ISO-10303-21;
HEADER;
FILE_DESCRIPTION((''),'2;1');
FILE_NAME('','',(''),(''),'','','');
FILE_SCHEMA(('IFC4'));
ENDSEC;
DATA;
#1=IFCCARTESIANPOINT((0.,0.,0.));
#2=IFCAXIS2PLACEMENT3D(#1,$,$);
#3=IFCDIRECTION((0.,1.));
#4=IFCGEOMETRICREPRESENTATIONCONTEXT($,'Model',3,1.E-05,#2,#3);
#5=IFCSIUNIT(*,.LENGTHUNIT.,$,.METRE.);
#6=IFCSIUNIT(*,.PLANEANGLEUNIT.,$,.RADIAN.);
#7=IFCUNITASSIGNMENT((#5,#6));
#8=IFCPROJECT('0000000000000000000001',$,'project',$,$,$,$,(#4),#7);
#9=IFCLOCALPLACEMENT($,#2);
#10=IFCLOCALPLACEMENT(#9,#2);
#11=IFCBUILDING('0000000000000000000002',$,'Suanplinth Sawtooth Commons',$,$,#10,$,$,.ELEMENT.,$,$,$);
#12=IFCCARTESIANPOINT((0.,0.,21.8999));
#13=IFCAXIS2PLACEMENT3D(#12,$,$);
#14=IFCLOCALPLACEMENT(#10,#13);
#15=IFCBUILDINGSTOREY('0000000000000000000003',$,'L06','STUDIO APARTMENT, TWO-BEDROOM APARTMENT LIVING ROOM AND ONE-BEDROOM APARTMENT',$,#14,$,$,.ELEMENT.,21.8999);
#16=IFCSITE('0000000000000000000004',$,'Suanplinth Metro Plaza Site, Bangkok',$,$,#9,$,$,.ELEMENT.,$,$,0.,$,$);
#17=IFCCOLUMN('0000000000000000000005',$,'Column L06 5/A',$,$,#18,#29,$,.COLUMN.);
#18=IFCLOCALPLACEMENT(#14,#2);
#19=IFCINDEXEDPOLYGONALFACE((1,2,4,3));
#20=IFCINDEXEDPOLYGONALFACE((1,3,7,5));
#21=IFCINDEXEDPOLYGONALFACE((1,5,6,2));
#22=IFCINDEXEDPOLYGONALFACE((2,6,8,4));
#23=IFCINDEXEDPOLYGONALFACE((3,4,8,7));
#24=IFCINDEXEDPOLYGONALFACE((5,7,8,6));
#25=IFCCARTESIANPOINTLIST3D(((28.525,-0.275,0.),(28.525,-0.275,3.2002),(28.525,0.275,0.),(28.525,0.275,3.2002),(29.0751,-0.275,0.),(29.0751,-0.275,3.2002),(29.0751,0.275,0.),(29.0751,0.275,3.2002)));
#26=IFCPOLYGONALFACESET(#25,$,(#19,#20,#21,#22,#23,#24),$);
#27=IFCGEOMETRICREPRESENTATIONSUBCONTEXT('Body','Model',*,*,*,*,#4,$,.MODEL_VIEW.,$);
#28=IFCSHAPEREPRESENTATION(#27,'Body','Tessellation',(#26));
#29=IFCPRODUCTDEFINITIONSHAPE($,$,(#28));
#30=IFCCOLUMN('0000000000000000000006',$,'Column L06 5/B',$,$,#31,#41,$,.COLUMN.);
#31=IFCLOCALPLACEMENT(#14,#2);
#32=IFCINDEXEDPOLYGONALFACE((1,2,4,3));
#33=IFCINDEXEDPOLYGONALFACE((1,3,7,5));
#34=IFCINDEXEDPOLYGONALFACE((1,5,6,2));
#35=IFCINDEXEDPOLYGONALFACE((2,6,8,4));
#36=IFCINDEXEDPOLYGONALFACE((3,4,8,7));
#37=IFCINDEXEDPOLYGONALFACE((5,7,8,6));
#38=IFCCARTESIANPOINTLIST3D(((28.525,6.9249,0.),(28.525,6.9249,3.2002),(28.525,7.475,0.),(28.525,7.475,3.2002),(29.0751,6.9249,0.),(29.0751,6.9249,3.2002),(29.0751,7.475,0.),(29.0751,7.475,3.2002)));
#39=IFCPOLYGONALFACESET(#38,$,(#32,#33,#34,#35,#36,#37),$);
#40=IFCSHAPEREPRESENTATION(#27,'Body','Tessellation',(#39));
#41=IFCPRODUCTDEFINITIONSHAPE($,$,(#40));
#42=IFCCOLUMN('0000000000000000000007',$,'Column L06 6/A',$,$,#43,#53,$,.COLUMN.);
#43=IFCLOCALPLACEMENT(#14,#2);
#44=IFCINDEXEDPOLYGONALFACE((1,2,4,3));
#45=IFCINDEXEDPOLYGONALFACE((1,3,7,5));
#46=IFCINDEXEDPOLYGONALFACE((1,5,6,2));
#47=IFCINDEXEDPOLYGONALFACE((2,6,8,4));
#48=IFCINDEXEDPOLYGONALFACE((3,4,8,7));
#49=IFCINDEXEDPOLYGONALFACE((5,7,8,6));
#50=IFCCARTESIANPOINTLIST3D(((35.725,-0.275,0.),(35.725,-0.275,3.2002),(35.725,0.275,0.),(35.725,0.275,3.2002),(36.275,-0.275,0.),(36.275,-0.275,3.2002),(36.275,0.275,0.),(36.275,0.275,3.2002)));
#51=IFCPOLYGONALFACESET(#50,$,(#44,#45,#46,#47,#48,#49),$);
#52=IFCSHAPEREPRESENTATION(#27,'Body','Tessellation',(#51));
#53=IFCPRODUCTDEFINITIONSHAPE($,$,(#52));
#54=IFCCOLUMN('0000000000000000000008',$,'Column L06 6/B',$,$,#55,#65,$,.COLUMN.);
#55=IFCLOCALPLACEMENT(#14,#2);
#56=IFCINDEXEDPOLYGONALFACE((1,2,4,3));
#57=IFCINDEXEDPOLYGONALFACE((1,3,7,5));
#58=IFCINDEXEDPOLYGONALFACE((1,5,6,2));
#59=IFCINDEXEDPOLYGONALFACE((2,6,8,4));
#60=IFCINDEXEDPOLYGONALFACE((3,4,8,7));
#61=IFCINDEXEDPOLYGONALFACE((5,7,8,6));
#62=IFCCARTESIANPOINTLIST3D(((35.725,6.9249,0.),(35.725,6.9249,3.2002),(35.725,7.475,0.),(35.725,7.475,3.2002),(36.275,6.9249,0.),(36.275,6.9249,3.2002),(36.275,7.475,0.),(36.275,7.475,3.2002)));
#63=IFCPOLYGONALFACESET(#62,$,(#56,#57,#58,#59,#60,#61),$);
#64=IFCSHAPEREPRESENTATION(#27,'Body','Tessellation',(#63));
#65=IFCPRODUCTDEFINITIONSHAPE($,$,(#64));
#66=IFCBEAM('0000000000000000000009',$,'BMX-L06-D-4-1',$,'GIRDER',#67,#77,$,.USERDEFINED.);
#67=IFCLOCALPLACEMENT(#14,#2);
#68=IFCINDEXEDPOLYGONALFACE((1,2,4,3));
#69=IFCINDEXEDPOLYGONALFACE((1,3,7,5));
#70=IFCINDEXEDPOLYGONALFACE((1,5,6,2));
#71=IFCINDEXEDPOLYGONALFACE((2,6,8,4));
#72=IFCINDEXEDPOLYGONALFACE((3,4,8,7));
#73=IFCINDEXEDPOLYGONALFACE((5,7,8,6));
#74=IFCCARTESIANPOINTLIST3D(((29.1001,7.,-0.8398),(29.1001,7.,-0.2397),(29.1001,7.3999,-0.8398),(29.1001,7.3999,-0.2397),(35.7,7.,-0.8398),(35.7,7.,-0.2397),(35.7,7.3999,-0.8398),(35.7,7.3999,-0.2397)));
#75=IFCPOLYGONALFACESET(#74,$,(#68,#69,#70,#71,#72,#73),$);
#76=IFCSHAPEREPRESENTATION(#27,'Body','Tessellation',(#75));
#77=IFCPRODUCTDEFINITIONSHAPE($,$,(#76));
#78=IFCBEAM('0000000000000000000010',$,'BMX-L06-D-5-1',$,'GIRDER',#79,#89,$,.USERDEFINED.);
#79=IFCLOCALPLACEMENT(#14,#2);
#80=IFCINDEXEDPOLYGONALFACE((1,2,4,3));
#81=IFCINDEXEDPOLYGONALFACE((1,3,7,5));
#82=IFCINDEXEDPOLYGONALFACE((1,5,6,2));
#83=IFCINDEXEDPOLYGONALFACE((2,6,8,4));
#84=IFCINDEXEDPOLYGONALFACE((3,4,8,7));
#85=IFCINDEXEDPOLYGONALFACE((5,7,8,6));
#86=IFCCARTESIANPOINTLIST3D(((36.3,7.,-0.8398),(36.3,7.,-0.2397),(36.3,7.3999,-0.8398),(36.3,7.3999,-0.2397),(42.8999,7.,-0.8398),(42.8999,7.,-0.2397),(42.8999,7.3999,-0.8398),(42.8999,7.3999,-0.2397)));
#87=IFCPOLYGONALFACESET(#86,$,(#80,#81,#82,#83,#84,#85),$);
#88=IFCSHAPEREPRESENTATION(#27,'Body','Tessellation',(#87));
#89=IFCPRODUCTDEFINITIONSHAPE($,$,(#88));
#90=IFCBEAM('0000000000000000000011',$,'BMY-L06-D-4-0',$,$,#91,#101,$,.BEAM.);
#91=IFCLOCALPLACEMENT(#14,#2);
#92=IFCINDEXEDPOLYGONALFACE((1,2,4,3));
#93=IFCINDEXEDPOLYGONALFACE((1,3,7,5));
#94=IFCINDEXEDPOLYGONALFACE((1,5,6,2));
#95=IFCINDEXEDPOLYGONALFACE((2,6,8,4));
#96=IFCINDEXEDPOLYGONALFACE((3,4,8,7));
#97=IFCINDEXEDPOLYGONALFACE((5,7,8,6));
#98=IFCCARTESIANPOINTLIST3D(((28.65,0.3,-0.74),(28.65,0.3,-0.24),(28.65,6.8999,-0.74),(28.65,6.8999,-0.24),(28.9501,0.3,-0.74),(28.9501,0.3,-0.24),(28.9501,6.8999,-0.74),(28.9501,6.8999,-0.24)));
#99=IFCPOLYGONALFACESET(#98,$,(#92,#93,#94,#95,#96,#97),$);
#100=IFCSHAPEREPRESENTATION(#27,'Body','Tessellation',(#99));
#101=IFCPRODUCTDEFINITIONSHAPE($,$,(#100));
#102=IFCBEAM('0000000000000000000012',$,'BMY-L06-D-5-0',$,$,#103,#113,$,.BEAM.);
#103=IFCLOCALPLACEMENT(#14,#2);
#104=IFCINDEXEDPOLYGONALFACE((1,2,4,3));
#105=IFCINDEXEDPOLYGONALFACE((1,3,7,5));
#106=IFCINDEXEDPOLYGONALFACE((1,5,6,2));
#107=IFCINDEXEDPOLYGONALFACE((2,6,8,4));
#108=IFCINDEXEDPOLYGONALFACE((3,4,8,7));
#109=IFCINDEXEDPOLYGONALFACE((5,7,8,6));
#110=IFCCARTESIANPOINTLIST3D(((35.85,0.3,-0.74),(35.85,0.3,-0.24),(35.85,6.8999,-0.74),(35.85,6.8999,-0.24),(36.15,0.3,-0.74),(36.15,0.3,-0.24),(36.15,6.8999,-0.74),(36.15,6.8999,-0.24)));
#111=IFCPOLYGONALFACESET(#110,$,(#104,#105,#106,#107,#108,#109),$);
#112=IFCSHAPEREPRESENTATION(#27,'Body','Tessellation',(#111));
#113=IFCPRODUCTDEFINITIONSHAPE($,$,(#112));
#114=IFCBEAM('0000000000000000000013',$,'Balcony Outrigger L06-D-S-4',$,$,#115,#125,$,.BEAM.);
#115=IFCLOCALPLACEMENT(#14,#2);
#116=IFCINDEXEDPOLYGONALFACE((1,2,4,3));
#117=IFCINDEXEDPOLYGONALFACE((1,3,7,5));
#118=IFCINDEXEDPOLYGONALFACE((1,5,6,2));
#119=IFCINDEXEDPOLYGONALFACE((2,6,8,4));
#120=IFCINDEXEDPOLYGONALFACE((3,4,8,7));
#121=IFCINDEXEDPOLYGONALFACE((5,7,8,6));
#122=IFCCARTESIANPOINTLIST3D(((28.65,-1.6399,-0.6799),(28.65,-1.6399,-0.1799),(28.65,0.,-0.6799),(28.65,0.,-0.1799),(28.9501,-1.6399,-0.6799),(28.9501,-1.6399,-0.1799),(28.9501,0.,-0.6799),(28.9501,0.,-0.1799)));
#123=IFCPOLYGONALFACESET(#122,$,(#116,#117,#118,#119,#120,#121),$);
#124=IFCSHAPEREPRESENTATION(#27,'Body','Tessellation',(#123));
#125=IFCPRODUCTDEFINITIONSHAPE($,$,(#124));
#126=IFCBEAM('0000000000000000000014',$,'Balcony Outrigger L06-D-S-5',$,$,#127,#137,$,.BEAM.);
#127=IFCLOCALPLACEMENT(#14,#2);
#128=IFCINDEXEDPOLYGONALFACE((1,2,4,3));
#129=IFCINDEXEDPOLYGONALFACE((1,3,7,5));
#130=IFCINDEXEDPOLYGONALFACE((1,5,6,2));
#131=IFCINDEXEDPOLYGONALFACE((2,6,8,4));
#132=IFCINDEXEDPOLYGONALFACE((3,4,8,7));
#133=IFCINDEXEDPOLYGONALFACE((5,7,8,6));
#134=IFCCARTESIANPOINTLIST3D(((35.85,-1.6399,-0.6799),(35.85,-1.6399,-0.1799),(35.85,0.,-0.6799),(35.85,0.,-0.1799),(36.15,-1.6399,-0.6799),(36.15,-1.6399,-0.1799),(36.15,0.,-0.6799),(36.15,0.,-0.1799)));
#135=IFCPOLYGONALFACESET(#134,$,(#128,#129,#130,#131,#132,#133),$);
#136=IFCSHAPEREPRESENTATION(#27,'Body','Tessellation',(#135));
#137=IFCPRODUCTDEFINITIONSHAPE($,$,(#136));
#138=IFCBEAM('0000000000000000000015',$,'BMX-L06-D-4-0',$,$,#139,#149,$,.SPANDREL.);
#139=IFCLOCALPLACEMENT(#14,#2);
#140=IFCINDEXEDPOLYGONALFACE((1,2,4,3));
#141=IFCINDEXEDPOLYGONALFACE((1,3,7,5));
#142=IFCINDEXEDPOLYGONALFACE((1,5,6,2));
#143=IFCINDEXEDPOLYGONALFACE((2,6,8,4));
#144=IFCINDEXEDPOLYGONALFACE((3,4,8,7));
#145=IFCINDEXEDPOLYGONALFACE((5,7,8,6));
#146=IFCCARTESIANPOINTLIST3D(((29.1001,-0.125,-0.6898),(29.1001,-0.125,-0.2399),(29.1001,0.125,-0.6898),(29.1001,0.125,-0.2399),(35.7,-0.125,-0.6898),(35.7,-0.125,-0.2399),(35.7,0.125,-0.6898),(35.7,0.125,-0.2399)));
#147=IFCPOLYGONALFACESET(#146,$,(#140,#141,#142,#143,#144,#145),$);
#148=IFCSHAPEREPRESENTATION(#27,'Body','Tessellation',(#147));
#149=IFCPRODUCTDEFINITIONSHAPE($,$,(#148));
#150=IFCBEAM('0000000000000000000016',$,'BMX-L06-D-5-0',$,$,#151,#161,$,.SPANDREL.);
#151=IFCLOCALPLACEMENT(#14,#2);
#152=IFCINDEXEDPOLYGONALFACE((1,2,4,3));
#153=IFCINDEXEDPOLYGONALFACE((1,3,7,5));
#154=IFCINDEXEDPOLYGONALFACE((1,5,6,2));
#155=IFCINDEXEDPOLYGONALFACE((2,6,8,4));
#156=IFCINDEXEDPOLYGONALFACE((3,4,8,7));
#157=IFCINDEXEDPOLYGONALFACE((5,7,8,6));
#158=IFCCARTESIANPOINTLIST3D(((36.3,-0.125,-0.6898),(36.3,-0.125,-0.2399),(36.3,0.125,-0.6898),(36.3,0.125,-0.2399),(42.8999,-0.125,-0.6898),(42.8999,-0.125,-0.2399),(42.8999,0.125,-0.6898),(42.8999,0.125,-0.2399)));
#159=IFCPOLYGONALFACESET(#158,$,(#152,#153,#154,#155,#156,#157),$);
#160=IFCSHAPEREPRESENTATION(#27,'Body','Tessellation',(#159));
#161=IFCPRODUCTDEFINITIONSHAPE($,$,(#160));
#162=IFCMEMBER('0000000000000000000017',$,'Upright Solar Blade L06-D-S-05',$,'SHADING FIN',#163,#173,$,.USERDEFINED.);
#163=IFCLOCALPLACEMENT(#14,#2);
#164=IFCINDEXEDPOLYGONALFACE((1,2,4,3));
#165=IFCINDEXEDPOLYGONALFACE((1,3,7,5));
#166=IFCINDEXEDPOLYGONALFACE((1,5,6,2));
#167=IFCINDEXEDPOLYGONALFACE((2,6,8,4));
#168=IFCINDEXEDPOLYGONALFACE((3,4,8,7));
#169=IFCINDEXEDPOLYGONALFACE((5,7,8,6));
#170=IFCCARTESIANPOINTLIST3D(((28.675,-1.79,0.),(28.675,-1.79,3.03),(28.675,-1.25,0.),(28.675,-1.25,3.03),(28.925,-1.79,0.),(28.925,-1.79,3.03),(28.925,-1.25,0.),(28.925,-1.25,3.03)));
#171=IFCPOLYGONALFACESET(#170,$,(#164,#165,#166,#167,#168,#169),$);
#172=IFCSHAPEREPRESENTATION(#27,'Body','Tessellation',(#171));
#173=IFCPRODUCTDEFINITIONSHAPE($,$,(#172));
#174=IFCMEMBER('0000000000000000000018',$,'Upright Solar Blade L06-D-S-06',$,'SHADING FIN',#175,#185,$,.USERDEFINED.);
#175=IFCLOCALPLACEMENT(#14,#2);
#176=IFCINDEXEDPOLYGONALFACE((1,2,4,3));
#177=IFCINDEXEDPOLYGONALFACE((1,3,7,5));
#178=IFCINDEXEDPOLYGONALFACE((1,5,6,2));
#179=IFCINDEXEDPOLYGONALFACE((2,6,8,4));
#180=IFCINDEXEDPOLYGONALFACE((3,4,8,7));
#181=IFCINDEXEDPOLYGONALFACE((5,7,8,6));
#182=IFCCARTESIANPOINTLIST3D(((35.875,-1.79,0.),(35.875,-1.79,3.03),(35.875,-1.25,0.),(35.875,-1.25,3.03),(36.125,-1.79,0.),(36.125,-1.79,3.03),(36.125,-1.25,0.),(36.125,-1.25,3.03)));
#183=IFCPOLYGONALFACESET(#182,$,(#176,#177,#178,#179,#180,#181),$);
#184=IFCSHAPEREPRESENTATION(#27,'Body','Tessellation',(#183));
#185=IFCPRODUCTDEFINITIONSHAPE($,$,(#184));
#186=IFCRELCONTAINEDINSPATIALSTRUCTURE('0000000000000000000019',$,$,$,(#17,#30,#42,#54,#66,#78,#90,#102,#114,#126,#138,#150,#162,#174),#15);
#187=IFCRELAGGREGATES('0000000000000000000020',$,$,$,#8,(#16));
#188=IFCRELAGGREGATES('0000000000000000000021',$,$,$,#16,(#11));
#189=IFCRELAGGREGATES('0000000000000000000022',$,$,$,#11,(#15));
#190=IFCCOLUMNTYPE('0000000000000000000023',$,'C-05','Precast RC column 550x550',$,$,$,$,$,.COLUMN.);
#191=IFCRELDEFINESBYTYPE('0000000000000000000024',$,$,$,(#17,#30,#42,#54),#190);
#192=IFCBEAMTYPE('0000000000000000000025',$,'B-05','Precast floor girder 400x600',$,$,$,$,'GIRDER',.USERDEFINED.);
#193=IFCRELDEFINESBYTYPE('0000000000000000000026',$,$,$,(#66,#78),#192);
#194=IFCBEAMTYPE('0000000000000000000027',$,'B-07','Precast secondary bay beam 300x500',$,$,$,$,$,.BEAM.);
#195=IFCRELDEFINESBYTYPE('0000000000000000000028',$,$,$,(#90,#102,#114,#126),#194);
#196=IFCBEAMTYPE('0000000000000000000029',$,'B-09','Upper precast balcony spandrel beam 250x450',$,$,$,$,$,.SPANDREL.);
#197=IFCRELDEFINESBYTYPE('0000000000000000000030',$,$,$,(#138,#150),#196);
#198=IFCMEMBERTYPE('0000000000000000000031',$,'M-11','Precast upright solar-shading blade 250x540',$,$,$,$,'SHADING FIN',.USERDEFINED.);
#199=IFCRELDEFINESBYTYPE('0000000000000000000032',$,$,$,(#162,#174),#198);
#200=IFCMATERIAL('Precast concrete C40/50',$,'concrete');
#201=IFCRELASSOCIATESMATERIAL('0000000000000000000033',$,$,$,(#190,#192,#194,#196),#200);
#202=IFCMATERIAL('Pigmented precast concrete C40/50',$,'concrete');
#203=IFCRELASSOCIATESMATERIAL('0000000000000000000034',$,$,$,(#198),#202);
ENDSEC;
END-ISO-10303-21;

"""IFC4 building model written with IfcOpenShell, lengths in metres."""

from ifc_helpers import new_model, si_unit, direction, frame, origin, origin_2d, place, context, subcontext, project, spatial, rectangle, extrude, material, material_profile, profile_set, type_object, element, save


model = new_model("IFC4")

# Units and contexts
model_context = context("Model", 3, precision=1e-05, world=origin(), true_north=direction((0.0, 1.0)))
body_context = subcontext(model_context, "Body", "Model", "MODEL_VIEW")
ifc_project = project(units=[si_unit("LENGTHUNIT", "METRE"), si_unit("PLANEANGLEUNIT", "RADIAN")], contexts=[model_context])

# Site, building, storey
site_placement = place(None, origin())
site = spatial("IfcSite", under=ifc_project, at=site_placement, Name="Suanplinth Metro Plaza Site, Bangkok", CompositionType="ELEMENT", RefElevation=0.0)
building_placement = place(site_placement, origin())
building = spatial("IfcBuilding", under=site, at=building_placement, Name="Suanplinth Sawtooth Commons", CompositionType="ELEMENT")
storey_placement = place(building_placement, frame((0.0, 0.0, 21.8999)))
storey = spatial("IfcBuildingStorey", under=building, at=storey_placement, Name="L06", Description="STUDIO APARTMENT, TWO-BEDROOM APARTMENT LIVING ROOM AND ONE-BEDROOM APARTMENT", CompositionType="ELEMENT", Elevation=21.8999)

# Columns
ifc_material_1 = material(Name="Precast concrete C40/50", Category="concrete")
ifc_material_profile_1 = material_profile(ifc_material_1, rectangle(XDim=0.55, YDim=0.55, at=origin_2d()), Name="PC-COL 550x550")
ifc_profile_set_1 = profile_set([ifc_material_profile_1], Name="Precast concrete C40/50")
column_type = type_object("IfcColumnType", Name="C-05", Description="Precast RC column 550x550", PredefinedType="COLUMN", material=ifc_profile_set_1)
for number, where, z_axis, x_axis, name in (
    (1, (28.8, 0.0, 0.0), (0.0, 0.0, 1.0), (1.0, 0.0, 0.0), "Column L06 5/A"),
    (2, (28.8, 7.2, 0.0), (0.0, 0.0, 1.0), (1.0, 0.0, 0.0), "Column L06 5/B"),
    (3, (36.0, 0.0, 0.0), (0.0, 0.0, 1.0), (1.0, 0.0, 0.0), "Column L06 6/A"),
    (4, (36.0, 7.2, 0.0), (0.0, 0.0, 1.0), (1.0, 0.0, 0.0), "Column L06 6/B"),
):
    element("IfcColumn", number, at=place(storey_placement, frame(where, z_axis=z_axis, x_axis=x_axis)), inside=storey, type_object=column_type, Name=name, PredefinedType="COLUMN", context=body_context, shape_type="SweptSolid", body=[
        extrude(rectangle(XDim=0.55, YDim=0.55, at=origin_2d()), origin(), (0.0, 0.0, 1.0), 3.2002),
    ])

# Beams
ifc_material_profile_2 = material_profile(ifc_material_1, rectangle(XDim=0.3999, YDim=0.6001, at=origin_2d()), Name="PC-GDR 400x600")
ifc_profile_set_2 = profile_set([ifc_material_profile_2], Name="Precast concrete C40/50")
beam_type_1 = type_object("IfcBeamType", Name="B-05", Description="Precast floor girder 400x600", ElementType="GIRDER", PredefinedType="USERDEFINED", material=ifc_profile_set_2)
for number, where, z_axis, x_axis, name in (
    (5, (29.1001, 7.2, -0.5398), (1.0, 0.0, 0.0), (0.0, 1.0, 0.0), "BMX-L06-D-4-1"),
    (6, (36.3, 7.2, -0.5398), (1.0, 0.0, 0.0), (0.0, 1.0, 0.0), "BMX-L06-D-5-1"),
):
    element("IfcBeam", number, at=place(storey_placement, frame(where, z_axis=z_axis, x_axis=x_axis)), inside=storey, type_object=beam_type_1, Name=name, ObjectType="GIRDER", PredefinedType="USERDEFINED", context=body_context, shape_type="SweptSolid", body=[
        extrude(rectangle(XDim=0.3999, YDim=0.6001, at=origin_2d()), origin(), (0.0, 0.0, 1.0), 6.5999),
    ])
ifc_material_profile_3 = material_profile(ifc_material_1, rectangle(XDim=0.3, YDim=0.5, at=origin_2d()), Name="PC-BM 300x500")
ifc_profile_set_3 = profile_set([ifc_material_profile_3], Name="Precast concrete C40/50")
beam_type_2 = type_object("IfcBeamType", Name="B-07", Description="Precast secondary bay beam 300x500", PredefinedType="BEAM", material=ifc_profile_set_3)
for number, where, z_axis, x_axis, name in (
    (7, (28.8, 0.3, -0.49), (0.0, 1.0, 0.0), (-1.0, 0.0, 0.0), "BMY-L06-D-4-0"),
    (8, (36.0, 0.3, -0.49), (0.0, 1.0, 0.0), (-1.0, 0.0, 0.0), "BMY-L06-D-5-0"),
):
    element("IfcBeam", number, at=place(storey_placement, frame(where, z_axis=z_axis, x_axis=x_axis)), inside=storey, type_object=beam_type_2, Name=name, PredefinedType="BEAM", context=body_context, shape_type="SweptSolid", body=[
        extrude(rectangle(XDim=0.3, YDim=0.5, at=origin_2d()), origin(), (0.0, 0.0, 1.0), 6.5999),
    ])
for number, where, z_axis, x_axis, name in (
    (9, (28.8, 0.0, -0.4299), (0.0, -1.0, 0.0), (1.0, 0.0, 0.0), "Balcony Outrigger L06-D-S-4"),
    (10, (36.0, 0.0, -0.4299), (0.0, -1.0, 0.0), (1.0, 0.0, 0.0), "Balcony Outrigger L06-D-S-5"),
):
    element("IfcBeam", number, at=place(storey_placement, frame(where, z_axis=z_axis, x_axis=x_axis)), inside=storey, type_object=beam_type_2, Name=name, PredefinedType="BEAM", context=body_context, shape_type="SweptSolid", body=[
        extrude(rectangle(XDim=0.3, YDim=0.5, at=origin_2d()), origin(), (0.0, 0.0, 1.0), 1.6399),
    ])
ifc_material_profile_4 = material_profile(ifc_material_1, rectangle(XDim=0.25, YDim=0.45, at=origin_2d()), Name="PC-SP 250x450")
ifc_profile_set_4 = profile_set([ifc_material_profile_4], Name="Precast concrete C40/50")
beam_type_3 = type_object("IfcBeamType", Name="B-09", Description="Upper precast balcony spandrel beam 250x450", PredefinedType="SPANDREL", material=ifc_profile_set_4)
for number, where, z_axis, x_axis, name in (
    (11, (29.1001, 0.0, -0.4648), (1.0, 0.0, 0.0), (0.0, 1.0, 0.0), "BMX-L06-D-4-0"),
    (12, (36.3, 0.0, -0.4648), (1.0, 0.0, 0.0), (0.0, 1.0, 0.0), "BMX-L06-D-5-0"),
):
    element("IfcBeam", number, at=place(storey_placement, frame(where, z_axis=z_axis, x_axis=x_axis)), inside=storey, type_object=beam_type_3, Name=name, PredefinedType="SPANDREL", context=body_context, shape_type="SweptSolid", body=[
        extrude(rectangle(XDim=0.25, YDim=0.45, at=origin_2d()), origin(), (0.0, 0.0, 1.0), 6.5999),
    ])

# Members
ifc_material_2 = material(Name="Pigmented precast concrete C40/50", Category="concrete")
ifc_material_profile_5 = material_profile(ifc_material_2, rectangle(XDim=0.25, YDim=0.54, at=origin_2d()), Name="PC-FIN 250x540")
ifc_profile_set_5 = profile_set([ifc_material_profile_5], Name="Pigmented precast concrete C40/50")
member_type = type_object("IfcMemberType", Name="M-11", Description="Precast upright solar-shading blade 250x540", ElementType="SHADING FIN", PredefinedType="USERDEFINED", material=ifc_profile_set_5)
for number, where, z_axis, x_axis, name in (
    (13, (28.8, -1.52, 0.0), (0.0, 0.0, 1.0), (1.0, 0.0, 0.0), "Upright Solar Blade L06-D-S-05"),
    (14, (36.0, -1.52, 0.0), (0.0, 0.0, 1.0), (1.0, 0.0, 0.0), "Upright Solar Blade L06-D-S-06"),
):
    element("IfcMember", number, at=place(storey_placement, frame(where, z_axis=z_axis, x_axis=x_axis)), inside=storey, type_object=member_type, Name=name, ObjectType="SHADING FIN", PredefinedType="USERDEFINED", context=body_context, shape_type="SweptSolid", body=[
        extrude(rectangle(XDim=0.25, YDim=0.54, at=origin_2d()), origin(), (0.0, 0.0, 1.0), 3.03),
    ])

save(model, "model.ifc")
